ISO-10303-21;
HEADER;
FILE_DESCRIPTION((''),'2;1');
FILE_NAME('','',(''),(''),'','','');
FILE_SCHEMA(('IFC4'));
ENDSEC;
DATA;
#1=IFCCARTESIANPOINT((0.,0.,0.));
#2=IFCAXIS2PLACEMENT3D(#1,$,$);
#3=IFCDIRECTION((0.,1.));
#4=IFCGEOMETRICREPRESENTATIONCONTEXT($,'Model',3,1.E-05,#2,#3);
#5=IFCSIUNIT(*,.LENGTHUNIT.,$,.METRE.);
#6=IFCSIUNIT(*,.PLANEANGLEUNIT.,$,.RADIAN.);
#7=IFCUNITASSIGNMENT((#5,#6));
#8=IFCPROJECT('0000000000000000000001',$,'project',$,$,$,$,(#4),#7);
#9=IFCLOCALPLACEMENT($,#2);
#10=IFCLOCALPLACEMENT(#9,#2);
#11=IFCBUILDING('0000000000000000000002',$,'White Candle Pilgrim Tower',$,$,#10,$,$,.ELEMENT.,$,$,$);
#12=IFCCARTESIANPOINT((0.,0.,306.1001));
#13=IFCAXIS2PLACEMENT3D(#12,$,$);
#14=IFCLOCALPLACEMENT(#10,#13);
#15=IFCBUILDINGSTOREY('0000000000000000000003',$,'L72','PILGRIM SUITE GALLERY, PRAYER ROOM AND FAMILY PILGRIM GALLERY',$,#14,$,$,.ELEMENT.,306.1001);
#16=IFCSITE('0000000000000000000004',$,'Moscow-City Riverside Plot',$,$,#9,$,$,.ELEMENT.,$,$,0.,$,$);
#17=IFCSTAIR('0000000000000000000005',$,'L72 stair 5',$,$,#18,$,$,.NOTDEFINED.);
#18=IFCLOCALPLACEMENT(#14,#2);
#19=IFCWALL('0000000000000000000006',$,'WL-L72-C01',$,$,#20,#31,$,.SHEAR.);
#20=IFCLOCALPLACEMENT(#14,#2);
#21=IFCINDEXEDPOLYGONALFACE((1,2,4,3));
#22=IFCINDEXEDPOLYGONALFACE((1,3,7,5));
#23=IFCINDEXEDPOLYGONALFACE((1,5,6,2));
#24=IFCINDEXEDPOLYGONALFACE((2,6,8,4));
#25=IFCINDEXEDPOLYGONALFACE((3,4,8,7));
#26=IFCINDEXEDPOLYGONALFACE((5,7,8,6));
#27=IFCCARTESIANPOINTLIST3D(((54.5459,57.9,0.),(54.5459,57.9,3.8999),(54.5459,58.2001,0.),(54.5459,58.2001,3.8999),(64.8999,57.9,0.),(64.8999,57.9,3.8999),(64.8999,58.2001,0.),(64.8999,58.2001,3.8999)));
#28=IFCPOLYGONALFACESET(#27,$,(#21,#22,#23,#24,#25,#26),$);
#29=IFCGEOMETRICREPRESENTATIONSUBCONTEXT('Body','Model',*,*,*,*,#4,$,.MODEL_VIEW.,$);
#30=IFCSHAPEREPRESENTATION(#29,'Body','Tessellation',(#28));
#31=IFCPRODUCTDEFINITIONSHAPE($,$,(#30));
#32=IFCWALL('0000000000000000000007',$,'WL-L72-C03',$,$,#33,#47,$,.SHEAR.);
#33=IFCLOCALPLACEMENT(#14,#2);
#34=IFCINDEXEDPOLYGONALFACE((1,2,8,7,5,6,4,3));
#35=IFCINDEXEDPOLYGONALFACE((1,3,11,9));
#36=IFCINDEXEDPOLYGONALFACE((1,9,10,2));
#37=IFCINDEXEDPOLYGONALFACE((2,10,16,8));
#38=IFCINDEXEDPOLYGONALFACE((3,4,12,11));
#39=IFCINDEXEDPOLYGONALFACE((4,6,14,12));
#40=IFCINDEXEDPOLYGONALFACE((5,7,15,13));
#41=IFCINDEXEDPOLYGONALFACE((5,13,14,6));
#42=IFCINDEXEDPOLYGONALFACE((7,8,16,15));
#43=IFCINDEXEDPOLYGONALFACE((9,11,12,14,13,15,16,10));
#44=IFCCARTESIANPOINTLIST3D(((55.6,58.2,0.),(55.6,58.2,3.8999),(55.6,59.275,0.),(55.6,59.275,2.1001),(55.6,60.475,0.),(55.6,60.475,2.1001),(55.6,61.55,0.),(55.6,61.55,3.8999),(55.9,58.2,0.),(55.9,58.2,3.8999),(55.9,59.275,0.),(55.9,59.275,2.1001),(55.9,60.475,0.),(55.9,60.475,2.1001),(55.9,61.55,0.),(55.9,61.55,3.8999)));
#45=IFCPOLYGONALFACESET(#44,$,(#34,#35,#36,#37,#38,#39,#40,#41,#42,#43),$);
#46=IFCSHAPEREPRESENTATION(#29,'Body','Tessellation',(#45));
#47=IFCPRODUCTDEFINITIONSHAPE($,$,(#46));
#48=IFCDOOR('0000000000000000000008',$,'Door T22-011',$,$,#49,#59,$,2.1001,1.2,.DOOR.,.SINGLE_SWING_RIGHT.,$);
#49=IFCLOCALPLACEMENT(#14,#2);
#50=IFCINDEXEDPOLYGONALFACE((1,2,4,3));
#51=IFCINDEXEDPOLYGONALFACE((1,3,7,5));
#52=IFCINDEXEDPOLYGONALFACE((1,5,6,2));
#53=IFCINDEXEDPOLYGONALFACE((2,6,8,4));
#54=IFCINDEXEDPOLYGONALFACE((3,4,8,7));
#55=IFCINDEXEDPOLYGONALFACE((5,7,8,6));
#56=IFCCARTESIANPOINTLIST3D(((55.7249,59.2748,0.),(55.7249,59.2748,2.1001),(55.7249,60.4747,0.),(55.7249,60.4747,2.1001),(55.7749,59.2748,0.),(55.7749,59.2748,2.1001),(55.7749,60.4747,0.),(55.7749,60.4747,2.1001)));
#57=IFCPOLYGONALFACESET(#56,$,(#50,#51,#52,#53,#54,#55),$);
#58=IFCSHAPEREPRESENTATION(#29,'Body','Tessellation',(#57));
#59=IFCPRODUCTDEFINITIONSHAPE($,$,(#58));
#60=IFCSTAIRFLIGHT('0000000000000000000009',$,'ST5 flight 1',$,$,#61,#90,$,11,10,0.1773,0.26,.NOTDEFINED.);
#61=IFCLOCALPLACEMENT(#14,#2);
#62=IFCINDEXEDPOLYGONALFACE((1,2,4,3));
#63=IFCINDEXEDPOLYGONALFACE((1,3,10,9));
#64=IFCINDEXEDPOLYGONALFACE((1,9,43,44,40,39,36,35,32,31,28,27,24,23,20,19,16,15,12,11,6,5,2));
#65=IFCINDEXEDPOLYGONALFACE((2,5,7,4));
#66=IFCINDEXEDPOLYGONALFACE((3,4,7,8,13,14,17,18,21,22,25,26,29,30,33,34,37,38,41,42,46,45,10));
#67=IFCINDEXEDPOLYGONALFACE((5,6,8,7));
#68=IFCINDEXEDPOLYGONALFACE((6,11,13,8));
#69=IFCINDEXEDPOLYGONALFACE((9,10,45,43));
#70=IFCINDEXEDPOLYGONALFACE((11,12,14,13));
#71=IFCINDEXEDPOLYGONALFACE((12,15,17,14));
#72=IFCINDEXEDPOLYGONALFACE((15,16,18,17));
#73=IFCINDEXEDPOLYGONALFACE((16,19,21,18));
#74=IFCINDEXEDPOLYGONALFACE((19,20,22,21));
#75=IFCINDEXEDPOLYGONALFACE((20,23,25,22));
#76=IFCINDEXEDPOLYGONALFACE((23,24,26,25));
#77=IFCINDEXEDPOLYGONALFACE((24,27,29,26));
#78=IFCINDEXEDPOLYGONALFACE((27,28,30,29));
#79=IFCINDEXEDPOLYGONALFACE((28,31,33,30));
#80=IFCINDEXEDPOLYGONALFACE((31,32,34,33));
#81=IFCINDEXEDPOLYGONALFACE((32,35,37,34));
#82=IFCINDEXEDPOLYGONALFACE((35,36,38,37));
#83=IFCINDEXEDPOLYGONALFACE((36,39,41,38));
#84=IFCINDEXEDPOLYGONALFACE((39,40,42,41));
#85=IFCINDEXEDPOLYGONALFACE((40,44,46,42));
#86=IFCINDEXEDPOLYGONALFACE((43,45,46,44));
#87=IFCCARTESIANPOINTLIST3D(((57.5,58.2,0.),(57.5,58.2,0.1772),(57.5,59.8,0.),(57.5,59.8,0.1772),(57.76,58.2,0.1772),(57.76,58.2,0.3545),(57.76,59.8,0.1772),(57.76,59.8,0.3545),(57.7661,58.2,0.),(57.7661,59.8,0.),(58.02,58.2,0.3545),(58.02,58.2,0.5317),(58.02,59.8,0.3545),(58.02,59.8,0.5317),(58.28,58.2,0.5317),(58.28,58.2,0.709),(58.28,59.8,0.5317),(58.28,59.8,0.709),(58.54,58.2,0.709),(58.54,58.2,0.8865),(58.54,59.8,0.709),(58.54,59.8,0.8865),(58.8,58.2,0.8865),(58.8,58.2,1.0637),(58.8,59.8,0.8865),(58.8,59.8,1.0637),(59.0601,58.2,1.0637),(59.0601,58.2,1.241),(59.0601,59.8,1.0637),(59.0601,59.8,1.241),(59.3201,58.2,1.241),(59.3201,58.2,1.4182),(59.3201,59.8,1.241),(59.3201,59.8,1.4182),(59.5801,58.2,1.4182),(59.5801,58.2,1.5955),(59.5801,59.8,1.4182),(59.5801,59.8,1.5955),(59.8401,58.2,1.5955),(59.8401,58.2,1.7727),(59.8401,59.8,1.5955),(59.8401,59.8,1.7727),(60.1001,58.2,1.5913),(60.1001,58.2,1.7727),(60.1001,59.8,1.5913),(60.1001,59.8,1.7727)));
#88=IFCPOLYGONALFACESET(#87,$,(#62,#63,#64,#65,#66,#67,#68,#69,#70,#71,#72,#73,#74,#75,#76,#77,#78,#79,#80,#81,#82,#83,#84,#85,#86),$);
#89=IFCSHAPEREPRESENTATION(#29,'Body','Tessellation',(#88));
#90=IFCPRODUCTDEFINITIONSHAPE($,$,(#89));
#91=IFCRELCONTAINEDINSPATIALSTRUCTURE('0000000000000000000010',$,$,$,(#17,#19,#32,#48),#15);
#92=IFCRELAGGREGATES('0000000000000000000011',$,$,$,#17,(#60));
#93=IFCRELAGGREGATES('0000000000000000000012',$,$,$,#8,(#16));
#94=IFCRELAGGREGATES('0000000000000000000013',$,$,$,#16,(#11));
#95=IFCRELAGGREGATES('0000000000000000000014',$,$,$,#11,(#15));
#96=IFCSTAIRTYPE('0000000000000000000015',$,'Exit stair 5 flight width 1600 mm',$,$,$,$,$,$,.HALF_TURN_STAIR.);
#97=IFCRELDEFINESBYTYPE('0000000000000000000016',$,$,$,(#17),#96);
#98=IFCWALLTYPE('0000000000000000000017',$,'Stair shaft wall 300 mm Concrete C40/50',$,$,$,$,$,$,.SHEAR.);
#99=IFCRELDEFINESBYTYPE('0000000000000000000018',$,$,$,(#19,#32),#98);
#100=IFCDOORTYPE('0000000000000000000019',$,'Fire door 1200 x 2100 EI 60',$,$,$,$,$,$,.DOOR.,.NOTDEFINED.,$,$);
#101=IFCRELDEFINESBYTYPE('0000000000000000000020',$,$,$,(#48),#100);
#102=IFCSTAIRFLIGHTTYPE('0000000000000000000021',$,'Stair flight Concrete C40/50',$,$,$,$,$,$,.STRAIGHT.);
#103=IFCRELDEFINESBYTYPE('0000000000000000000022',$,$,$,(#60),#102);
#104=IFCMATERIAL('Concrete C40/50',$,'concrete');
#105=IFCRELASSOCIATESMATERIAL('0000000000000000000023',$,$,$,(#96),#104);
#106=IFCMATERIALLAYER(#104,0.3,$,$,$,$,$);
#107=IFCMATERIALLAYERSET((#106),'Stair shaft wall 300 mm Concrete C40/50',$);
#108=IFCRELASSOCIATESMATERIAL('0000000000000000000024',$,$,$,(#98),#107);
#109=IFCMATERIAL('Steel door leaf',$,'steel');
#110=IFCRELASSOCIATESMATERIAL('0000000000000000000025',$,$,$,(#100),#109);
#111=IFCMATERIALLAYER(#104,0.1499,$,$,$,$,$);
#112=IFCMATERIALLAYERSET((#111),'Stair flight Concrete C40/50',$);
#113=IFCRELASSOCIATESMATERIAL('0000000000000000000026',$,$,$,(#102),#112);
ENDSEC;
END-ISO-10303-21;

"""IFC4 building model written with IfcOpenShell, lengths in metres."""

from ifc_helpers import new_model, si_unit, direction, frame, frame_2d, origin, place, context, subcontext, project, spatial, polyline, rectangle, outline, extrude, material, layer, layer_set, type_object, element, fill, aggregate, save


model = new_model("IFC4")

# Units and contexts
model_context = context("Model", 3, precision=1e-05, world=origin(), true_north=direction((0.0, 1.0)))
body_context = subcontext(model_context, "Body", "Model", "MODEL_VIEW")
ifc_project = project(units=[si_unit("LENGTHUNIT", "METRE"), si_unit("PLANEANGLEUNIT", "RADIAN")], contexts=[model_context])

# Site, building, storey
site_placement = place(None, origin())
site = spatial("IfcSite", under=ifc_project, at=site_placement, Name="Moscow-City Riverside Plot", CompositionType="ELEMENT", RefElevation=0.0)
building_placement = place(site_placement, origin())
building = spatial("IfcBuilding", under=site, at=building_placement, Name="White Candle Pilgrim Tower", CompositionType="ELEMENT")
storey_placement = place(building_placement, frame((0.0, 0.0, 306.1001)))
storey = spatial("IfcBuildingStorey", under=building, at=storey_placement, Name="L72", Description="PILGRIM SUITE GALLERY, PRAYER ROOM AND FAMILY PILGRIM GALLERY", CompositionType="ELEMENT", Elevation=306.1001)

# Stair
ifc_material_1 = material(Name="Concrete C40/50", Category="concrete")
stair_type = type_object("IfcStairType", Name="Exit stair 5 flight width 1600 mm", PredefinedType="HALF_TURN_STAIR", material=ifc_material_1)
stair_placement = place(storey_placement, origin())
stair = element("IfcStair", 1, at=stair_placement, inside=storey, type_object=stair_type, Name="L72 stair 5", PredefinedType="NOTDEFINED")

# Wall
ifc_layer_1 = layer(ifc_material_1, 0.3)
ifc_layer_set_1 = layer_set([ifc_layer_1], Name="Stair shaft wall 300 mm Concrete C40/50")
wall_type_1 = type_object("IfcWallType", Name="Stair shaft wall 300 mm Concrete C40/50", PredefinedType="SHEAR", material=ifc_layer_set_1)
wall_1_placement = place(storey_placement, frame((54.5459, 58.05, 0.0), z_axis=(0.0, 0.0, 1.0), x_axis=(1.0, 0.0, 0.0)))
element("IfcWall", 2, at=wall_1_placement, inside=storey, type_object=wall_type_1, Name="WL-L72-C01", PredefinedType="SHEAR", context=body_context, shape_type="SweptSolid", body=[
    extrude(rectangle(XDim=10.354, YDim=0.3, at=frame_2d((5.177, 0.0))), origin(), (0.0, 0.0, 1.0), 3.8999),
])

# Wall, opening, door
wall_2_placement = place(storey_placement, frame((55.75, 58.2, 0.0), z_axis=(0.0, 0.0, 1.0), x_axis=(0.0, 1.0, 0.0)))
wall_2 = element("IfcWall", 3, at=wall_2_placement, inside=storey, type_object=wall_type_1, Name="WL-L72-C03", PredefinedType="SHEAR", context=body_context, shape_type="SweptSolid", body=[
    extrude(rectangle(XDim=3.3501, YDim=0.3, at=frame_2d((1.675, 0.0))), origin(), (0.0, 0.0, 1.0), 3.8999),
])
opening_placement = place(wall_2_placement, frame((1.075, 0.0, 0.0)))
opening = element("IfcOpeningElement", 4, at=opening_placement, cuts=wall_2, PredefinedType="OPENING", context=body_context, shape_type="SweptSolid", body=[
    extrude(rectangle(XDim=1.2, YDim=2.1001, at=frame_2d((0.6001, 1.05))), frame((0.0, 0.1599, 0.0), z_axis=(0.0, -1.0, 0.0), x_axis=(1.0, 0.0, 0.0)), (0.0, 0.0, 1.0), 0.3201),
])
ifc_material_2 = material(Name="Steel door leaf", Category="steel")
door_type = type_object("IfcDoorType", Name="Fire door 1200 x 2100 EI 60", OperationType="NOTDEFINED", PredefinedType="DOOR", material=ifc_material_2)
door_placement = place(opening_placement, frame((1.2, 0.0, 0.0), z_axis=(0.0, 0.0, 1.0), x_axis=(-1.0, 0.0, 0.0)))
door = element("IfcDoor", 5, at=door_placement, inside=storey, type_object=door_type, Name="Door T22-011", OperationType="SINGLE_SWING_RIGHT", OverallHeight=2.1001, OverallWidth=1.2, PredefinedType="DOOR", context=body_context, shape_type="SweptSolid", body=[
    extrude(rectangle(XDim=1.2, YDim=2.1001, at=frame_2d((0.6001, 1.05))), frame((0.0, 0.0249, 0.0), z_axis=(0.0, -1.0, 0.0), x_axis=(1.0, 0.0, 0.0)), (0.0, 0.0, 1.0), 0.05),
])
fill(opening, door)

# Stair flight
ifc_layer_2 = layer(ifc_material_1, 0.1499)
ifc_layer_set_2 = layer_set([ifc_layer_2], Name="Stair flight Concrete C40/50")
stair_flight_type = type_object("IfcStairFlightType", Name="Stair flight Concrete C40/50", PredefinedType="STRAIGHT", material=ifc_layer_set_2)
stair_flight_placement = place(storey_placement, frame((57.5, 59.0, 0.0), z_axis=(0.0, 0.0, 1.0), x_axis=(1.0, 0.0, 0.0)))
stair_flight = element("IfcStairFlight", 6, at=stair_flight_placement, type_object=stair_flight_type, Name="ST5 flight 1", NumberOfRisers=11, NumberOfTreads=10, PredefinedType="NOTDEFINED", RiserHeight=0.1773, TreadLength=0.26, context=body_context, shape_type="SweptSolid", body=[
    extrude(outline(polyline([(0.0, 0.0), (0.0, 0.1772), (0.26, 0.1772), (0.26, 0.3545), (0.52, 0.3545), (0.52, 0.5317), (0.78, 0.5317), (0.78, 0.709), (1.04, 0.709), (1.04, 0.8865), (1.3, 0.8865), (1.3, 1.0637), (1.5601, 1.0637), (1.5601, 1.241), (1.8201, 1.241), (1.8201, 1.4182), (2.0801, 1.4182), (2.0801, 1.5955), (2.3401, 1.5955), (2.3401, 1.7727), (2.6001, 1.7727), (2.6001, 1.95), (2.6001, 1.5913), (0.2661, 0.0), (0.0, 0.0)])), frame((0.0, 0.8, 0.0), z_axis=(0.0, -1.0, 0.0), x_axis=(1.0, 0.0, 0.0)), (0.0, 0.0, 1.0), 1.6001),
])
aggregate(stair, [stair_flight])

save(model, "model.ifc")
